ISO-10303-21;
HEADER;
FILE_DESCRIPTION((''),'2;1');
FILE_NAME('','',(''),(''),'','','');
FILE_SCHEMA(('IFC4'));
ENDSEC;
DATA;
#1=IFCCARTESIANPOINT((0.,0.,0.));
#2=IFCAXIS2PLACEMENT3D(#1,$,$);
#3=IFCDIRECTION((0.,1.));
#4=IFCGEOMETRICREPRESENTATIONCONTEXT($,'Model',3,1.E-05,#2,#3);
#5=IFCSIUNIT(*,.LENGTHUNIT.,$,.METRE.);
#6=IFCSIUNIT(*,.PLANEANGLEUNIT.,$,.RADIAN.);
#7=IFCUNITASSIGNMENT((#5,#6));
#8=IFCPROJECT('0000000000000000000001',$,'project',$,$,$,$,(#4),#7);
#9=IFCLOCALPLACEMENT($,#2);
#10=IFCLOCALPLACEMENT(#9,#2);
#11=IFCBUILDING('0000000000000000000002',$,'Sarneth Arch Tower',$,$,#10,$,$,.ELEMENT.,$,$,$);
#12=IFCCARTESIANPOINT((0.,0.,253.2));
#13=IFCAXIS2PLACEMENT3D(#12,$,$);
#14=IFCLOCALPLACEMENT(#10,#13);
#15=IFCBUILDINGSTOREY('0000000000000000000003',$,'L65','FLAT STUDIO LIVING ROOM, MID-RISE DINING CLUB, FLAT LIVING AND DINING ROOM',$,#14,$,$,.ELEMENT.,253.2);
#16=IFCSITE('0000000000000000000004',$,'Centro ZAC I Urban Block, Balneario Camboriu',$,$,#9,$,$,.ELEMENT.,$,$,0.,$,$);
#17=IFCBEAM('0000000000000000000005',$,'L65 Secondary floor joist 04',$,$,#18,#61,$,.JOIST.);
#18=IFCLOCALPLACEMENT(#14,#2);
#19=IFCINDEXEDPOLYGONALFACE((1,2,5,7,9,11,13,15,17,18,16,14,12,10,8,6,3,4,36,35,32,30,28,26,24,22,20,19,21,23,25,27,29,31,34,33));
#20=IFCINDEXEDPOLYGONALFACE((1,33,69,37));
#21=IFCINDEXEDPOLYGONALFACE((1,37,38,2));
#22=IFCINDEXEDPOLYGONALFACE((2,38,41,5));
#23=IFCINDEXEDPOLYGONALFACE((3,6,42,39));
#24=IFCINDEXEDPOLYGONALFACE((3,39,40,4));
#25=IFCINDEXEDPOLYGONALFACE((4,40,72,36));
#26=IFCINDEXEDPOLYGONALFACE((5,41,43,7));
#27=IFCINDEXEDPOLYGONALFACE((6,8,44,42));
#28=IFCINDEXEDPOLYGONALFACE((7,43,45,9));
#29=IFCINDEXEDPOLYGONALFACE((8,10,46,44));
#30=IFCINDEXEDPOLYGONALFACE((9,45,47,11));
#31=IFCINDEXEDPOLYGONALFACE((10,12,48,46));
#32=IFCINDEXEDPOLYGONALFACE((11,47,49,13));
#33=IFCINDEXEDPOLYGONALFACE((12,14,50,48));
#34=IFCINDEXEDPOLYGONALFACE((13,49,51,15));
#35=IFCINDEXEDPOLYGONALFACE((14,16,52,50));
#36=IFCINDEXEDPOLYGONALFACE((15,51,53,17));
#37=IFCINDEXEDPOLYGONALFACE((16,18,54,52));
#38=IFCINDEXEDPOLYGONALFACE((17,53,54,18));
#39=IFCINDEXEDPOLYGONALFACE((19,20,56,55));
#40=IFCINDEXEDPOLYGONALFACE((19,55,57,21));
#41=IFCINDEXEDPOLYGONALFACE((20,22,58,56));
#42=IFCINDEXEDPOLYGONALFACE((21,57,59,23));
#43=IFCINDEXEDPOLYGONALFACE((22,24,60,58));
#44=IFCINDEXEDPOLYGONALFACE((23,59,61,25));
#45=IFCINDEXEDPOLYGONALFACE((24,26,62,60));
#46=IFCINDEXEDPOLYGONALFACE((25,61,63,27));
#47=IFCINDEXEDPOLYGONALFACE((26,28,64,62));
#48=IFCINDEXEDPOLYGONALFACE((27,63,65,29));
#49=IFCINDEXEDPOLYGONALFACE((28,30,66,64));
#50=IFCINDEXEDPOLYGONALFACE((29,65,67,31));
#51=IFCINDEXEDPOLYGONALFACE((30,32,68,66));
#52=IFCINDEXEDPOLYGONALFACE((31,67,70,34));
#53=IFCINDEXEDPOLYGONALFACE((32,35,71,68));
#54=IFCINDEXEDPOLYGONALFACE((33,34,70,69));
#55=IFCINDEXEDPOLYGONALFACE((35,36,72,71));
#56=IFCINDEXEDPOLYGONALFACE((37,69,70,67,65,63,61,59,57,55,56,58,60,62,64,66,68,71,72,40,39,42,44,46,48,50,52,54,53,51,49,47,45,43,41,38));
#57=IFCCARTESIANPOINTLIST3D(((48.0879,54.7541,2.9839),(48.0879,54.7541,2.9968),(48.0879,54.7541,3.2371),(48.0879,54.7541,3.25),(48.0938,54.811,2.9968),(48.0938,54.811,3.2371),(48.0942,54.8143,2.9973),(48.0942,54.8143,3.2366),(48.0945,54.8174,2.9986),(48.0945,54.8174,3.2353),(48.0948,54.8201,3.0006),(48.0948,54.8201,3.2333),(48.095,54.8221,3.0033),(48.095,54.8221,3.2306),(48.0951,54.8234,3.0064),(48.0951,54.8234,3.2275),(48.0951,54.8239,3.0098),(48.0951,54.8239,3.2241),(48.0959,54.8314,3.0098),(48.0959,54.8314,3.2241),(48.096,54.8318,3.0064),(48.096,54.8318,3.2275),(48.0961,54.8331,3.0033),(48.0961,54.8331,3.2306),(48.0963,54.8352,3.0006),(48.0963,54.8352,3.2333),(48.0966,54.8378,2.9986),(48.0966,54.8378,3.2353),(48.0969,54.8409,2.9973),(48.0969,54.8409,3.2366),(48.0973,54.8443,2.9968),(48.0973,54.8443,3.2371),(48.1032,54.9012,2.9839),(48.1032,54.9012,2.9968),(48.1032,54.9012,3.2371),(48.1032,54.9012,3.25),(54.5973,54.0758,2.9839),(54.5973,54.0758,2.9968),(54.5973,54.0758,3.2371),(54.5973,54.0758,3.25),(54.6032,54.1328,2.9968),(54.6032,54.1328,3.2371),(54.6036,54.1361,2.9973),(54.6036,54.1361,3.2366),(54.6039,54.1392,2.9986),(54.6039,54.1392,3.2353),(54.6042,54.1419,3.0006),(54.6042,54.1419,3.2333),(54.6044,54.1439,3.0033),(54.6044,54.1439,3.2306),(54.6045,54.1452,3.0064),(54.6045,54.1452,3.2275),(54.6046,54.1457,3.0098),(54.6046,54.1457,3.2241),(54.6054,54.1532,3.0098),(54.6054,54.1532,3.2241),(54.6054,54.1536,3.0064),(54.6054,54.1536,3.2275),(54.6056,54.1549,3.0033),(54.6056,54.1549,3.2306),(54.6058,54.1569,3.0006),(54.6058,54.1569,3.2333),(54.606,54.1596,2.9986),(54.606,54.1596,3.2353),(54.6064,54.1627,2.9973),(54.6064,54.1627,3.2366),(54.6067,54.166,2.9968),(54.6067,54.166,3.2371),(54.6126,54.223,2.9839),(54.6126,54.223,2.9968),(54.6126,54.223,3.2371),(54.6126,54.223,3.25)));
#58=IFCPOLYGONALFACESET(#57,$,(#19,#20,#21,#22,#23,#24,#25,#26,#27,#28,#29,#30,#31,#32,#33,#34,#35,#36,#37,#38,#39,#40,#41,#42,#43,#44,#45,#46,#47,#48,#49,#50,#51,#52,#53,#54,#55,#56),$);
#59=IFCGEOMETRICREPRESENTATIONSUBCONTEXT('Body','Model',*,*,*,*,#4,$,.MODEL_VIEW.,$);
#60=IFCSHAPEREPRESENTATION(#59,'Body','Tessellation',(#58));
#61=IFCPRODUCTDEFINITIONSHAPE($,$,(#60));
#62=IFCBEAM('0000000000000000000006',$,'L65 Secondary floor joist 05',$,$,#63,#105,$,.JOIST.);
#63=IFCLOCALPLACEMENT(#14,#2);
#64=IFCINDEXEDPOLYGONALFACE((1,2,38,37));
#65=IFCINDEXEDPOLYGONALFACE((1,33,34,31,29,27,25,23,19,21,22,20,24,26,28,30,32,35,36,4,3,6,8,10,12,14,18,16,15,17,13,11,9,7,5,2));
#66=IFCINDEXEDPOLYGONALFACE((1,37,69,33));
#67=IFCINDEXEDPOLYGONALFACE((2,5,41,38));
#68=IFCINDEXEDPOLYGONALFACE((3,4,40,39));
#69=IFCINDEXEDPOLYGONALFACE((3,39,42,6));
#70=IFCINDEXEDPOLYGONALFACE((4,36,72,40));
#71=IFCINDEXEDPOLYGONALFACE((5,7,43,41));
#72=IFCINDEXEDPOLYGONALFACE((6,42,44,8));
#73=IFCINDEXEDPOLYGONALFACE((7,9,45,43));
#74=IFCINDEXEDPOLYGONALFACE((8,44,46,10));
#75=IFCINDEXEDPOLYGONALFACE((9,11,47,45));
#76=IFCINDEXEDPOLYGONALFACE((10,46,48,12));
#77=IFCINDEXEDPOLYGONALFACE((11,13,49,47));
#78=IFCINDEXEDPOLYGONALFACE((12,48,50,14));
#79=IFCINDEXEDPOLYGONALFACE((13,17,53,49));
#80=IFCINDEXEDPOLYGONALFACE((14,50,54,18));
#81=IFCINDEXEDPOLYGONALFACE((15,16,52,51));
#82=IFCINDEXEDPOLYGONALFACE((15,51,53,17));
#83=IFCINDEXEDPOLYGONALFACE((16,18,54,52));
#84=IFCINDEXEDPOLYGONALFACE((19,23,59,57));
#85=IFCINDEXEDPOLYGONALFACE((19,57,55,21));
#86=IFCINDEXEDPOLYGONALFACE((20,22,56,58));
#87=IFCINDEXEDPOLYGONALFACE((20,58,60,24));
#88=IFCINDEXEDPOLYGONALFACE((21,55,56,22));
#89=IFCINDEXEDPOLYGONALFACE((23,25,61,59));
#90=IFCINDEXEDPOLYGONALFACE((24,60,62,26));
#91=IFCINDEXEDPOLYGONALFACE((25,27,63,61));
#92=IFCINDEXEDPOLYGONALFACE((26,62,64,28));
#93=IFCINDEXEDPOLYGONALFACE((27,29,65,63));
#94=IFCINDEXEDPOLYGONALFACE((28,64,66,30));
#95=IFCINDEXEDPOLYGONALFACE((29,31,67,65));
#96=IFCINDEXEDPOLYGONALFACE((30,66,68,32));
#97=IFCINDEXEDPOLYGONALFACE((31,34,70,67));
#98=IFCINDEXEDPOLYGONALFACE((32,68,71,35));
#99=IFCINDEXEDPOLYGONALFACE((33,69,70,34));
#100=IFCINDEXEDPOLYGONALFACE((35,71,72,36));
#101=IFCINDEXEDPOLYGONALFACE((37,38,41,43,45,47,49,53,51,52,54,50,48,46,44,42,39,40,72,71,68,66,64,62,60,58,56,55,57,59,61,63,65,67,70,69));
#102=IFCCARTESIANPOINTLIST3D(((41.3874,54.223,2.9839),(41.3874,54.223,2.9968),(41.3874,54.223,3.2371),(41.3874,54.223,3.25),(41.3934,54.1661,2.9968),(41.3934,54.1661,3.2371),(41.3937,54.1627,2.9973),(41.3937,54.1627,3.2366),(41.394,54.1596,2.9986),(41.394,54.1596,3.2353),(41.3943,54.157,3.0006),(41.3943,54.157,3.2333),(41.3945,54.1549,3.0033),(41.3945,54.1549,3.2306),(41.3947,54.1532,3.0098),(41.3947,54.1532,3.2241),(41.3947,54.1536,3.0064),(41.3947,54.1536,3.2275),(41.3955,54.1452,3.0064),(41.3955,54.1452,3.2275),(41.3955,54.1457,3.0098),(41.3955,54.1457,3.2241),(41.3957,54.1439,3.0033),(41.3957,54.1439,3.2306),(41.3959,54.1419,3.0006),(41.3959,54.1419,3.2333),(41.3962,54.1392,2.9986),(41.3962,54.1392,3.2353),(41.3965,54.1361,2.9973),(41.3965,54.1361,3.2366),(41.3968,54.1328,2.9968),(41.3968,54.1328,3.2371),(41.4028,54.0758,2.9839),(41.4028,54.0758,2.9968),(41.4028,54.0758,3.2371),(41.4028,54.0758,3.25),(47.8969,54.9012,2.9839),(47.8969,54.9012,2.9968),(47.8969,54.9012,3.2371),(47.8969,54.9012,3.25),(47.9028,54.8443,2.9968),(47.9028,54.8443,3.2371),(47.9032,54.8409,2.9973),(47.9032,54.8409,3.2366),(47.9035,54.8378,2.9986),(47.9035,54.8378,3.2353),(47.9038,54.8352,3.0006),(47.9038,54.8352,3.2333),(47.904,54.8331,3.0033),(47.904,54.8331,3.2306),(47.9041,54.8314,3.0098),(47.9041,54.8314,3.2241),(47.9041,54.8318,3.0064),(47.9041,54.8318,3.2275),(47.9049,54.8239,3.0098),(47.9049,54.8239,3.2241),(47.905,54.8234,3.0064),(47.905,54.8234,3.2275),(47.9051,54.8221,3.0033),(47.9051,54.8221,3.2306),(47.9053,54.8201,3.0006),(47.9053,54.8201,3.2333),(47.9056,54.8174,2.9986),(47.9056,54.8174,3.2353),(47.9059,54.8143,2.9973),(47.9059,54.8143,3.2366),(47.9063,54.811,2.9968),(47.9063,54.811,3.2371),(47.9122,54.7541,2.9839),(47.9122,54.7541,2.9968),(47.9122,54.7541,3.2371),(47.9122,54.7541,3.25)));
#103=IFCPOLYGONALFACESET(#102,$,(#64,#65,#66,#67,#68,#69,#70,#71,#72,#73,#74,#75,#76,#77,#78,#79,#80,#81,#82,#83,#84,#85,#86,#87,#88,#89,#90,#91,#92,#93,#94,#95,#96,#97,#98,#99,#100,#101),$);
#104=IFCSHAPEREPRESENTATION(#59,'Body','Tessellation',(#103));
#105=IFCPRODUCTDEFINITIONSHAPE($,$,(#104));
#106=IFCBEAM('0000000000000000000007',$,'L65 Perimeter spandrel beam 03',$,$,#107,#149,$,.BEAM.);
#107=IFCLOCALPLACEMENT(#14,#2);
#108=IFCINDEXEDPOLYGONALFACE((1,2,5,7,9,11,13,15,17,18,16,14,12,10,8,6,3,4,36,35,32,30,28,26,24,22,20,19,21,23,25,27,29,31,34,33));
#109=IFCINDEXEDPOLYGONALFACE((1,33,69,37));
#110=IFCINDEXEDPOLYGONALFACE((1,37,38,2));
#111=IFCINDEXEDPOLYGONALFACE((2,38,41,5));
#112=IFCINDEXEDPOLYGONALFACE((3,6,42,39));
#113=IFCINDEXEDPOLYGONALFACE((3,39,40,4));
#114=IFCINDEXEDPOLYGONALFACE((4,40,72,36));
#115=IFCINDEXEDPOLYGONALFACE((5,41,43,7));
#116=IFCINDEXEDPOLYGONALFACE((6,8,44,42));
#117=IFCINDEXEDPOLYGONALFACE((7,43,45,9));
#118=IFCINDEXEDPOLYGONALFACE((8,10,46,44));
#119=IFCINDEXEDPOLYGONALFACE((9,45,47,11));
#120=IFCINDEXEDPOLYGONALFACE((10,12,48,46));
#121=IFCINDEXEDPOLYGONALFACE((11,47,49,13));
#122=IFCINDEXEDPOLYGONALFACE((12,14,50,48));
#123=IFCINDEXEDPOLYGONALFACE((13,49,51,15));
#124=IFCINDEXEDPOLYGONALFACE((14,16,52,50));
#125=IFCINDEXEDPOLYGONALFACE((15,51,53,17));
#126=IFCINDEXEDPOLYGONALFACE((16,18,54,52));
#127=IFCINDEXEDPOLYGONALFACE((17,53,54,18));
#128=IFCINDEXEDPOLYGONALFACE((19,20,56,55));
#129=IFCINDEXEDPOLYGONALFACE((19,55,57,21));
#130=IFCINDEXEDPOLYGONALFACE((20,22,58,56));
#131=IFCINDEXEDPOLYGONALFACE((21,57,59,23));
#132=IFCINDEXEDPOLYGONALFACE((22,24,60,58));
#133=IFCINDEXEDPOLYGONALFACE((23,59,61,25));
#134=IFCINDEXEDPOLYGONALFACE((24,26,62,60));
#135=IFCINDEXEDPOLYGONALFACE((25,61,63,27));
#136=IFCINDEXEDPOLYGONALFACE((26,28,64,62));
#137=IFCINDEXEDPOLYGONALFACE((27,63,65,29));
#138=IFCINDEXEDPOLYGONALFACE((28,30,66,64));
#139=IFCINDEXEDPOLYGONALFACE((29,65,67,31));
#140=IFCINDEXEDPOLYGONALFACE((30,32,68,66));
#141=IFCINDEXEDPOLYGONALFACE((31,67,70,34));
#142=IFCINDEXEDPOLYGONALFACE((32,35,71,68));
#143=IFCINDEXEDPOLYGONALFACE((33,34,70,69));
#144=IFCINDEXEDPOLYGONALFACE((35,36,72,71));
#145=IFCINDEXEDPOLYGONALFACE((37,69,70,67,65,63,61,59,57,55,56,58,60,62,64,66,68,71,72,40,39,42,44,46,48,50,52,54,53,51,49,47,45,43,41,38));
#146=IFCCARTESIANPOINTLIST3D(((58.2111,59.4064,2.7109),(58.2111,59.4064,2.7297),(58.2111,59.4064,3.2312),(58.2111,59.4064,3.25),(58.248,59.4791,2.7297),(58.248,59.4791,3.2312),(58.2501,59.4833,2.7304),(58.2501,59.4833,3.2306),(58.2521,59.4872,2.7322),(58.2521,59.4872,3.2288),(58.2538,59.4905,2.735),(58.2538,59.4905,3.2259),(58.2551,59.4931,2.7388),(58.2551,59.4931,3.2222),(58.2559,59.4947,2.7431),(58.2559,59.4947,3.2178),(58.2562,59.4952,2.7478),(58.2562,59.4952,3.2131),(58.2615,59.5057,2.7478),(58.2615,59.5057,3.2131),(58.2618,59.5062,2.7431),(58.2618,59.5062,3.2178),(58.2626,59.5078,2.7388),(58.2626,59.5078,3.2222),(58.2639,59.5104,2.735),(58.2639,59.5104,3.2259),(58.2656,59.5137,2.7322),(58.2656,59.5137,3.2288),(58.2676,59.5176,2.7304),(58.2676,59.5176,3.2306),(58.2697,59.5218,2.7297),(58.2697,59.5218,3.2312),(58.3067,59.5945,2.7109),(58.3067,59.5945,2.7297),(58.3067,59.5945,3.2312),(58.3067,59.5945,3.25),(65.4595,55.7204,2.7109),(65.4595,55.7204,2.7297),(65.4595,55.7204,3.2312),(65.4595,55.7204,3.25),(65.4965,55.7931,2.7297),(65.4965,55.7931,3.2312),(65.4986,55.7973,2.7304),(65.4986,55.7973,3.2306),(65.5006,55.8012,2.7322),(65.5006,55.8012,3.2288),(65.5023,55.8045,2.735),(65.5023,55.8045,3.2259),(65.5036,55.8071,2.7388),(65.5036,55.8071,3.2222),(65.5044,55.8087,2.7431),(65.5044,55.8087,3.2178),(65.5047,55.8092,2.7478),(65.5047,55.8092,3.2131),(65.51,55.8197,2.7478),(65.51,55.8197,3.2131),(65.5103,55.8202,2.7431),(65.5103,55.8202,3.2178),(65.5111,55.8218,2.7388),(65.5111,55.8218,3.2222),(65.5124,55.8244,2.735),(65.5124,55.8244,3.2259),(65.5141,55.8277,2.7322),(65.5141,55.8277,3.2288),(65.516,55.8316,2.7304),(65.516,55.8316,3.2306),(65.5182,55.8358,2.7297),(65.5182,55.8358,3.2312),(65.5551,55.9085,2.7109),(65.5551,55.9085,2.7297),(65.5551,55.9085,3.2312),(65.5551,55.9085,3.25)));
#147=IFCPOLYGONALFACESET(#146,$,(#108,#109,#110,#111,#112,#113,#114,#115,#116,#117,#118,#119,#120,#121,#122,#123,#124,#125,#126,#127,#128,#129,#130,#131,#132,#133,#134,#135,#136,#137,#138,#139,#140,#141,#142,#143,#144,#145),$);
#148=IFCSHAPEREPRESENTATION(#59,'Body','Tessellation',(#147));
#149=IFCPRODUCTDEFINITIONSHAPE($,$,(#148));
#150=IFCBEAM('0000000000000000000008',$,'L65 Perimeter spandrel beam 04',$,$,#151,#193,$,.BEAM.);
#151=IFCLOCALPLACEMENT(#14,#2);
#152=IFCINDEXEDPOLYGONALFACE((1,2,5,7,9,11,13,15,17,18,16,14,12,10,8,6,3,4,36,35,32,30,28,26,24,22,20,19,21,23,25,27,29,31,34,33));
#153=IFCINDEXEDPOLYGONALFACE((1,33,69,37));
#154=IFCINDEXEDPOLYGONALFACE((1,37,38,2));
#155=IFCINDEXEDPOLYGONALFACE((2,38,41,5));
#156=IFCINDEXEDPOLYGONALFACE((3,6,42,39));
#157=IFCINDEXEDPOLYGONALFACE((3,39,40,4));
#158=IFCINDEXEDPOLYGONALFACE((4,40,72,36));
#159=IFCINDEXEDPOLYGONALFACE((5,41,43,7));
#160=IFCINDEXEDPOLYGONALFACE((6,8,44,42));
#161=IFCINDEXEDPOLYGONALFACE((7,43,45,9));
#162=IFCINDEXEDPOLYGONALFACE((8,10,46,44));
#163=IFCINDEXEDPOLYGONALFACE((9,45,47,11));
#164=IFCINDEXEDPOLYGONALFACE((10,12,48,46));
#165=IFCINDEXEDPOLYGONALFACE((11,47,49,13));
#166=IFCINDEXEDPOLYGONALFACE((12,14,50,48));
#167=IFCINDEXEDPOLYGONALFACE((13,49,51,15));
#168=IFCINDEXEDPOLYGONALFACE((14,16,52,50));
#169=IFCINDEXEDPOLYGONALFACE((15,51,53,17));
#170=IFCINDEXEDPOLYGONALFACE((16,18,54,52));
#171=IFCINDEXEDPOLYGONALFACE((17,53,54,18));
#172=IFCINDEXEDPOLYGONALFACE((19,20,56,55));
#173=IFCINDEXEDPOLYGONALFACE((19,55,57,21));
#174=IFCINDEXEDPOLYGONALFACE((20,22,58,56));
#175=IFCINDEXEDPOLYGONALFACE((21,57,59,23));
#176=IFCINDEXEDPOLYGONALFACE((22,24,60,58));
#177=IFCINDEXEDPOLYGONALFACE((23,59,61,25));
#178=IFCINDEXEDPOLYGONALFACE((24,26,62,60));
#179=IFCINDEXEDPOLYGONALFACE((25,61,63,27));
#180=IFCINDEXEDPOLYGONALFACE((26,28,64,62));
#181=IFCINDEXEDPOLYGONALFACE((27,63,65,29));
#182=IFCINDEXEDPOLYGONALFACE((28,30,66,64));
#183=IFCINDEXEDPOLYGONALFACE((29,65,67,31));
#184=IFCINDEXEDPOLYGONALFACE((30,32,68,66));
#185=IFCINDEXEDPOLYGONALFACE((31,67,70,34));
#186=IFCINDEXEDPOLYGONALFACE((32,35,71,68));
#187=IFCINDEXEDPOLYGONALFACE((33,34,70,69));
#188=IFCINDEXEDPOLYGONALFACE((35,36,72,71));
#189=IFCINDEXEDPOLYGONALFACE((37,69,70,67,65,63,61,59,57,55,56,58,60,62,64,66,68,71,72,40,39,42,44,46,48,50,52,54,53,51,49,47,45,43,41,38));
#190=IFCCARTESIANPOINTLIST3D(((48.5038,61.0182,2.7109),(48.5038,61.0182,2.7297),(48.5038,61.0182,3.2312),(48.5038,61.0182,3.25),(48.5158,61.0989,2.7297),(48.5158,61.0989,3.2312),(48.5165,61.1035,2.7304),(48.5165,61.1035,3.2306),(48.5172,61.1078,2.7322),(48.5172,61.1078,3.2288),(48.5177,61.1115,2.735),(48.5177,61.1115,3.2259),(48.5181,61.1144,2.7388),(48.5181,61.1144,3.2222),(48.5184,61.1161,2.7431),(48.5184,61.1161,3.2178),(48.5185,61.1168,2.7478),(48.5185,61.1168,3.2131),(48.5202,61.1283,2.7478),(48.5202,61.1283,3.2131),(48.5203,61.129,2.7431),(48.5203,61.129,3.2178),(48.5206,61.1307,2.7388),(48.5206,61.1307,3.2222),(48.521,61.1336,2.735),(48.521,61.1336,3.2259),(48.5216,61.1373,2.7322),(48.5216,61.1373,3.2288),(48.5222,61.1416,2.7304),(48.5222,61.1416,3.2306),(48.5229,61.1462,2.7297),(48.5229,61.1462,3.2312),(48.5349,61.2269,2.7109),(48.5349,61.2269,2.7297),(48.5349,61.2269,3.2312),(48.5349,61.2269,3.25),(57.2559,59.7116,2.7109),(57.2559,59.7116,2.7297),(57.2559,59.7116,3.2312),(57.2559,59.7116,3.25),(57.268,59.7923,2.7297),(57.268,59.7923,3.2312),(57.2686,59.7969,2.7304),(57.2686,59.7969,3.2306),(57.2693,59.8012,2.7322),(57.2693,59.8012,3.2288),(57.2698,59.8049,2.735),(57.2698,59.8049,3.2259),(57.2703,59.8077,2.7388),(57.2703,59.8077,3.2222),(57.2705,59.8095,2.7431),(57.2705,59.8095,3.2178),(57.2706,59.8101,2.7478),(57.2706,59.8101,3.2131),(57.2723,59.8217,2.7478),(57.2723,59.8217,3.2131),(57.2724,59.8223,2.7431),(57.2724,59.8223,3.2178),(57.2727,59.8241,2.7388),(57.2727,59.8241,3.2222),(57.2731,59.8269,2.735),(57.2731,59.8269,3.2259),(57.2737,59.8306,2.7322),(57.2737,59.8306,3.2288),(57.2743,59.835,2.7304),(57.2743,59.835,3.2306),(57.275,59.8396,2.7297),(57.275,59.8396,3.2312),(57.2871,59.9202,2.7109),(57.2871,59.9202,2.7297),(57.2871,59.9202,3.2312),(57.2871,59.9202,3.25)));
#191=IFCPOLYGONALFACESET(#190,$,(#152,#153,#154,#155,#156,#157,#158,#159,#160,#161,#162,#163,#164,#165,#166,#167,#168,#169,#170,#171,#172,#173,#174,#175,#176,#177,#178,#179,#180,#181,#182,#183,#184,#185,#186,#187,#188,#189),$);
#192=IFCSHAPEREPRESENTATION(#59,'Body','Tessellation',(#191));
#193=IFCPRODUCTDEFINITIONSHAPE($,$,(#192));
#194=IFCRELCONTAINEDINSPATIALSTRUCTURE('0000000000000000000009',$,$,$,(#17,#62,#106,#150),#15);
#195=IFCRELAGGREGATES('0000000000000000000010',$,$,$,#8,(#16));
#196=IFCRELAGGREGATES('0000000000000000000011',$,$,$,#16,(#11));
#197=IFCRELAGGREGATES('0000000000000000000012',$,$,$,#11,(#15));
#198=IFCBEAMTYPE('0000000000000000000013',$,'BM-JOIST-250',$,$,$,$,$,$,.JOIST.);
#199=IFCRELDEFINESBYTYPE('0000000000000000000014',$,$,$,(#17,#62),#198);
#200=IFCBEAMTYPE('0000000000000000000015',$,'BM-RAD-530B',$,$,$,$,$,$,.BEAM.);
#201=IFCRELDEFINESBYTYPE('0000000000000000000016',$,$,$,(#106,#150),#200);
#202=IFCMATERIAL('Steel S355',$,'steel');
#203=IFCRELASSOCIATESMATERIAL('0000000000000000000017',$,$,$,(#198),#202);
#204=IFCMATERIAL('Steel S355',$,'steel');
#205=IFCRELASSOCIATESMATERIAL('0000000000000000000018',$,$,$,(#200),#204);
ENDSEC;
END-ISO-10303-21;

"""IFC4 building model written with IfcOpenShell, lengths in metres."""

from ifc_helpers import new_model, si_unit, direction, frame, origin, origin_2d, place, context, subcontext, project, spatial, i_section, extrude, material, material_profile, profile_set, type_object, element, save


model = new_model("IFC4")

# Units and contexts
model_context = context("Model", 3, precision=1e-05, world=origin(), true_north=direction((0.0, 1.0)))
body_context = subcontext(model_context, "Body", "Model", "MODEL_VIEW")
ifc_project = project(units=[si_unit("LENGTHUNIT", "METRE"), si_unit("PLANEANGLEUNIT", "RADIAN")], contexts=[model_context])

# Site, building, storey
site_placement = place(None, origin())
site = spatial("IfcSite", under=ifc_project, at=site_placement, Name="Centro ZAC I Urban Block, Balneario Camboriu", CompositionType="ELEMENT", RefElevation=0.0)
building_placement = place(site_placement, origin())
building = spatial("IfcBuilding", under=site, at=building_placement, Name="Sarneth Arch Tower", CompositionType="ELEMENT")
storey_placement = place(building_placement, frame((0.0, 0.0, 253.2)))
storey = spatial("IfcBuildingStorey", under=building, at=storey_placement, Name="L65", Description="FLAT STUDIO LIVING ROOM, MID-RISE DINING CLUB, FLAT LIVING AND DINING ROOM", CompositionType="ELEMENT", Elevation=253.2)

# Beams
ifc_material_1 = material(Name="Steel S355", Category="steel")
ifc_material_profile_1 = material_profile(ifc_material_1, i_section(OverallWidth=0.1479, OverallDepth=0.2661, WebThickness=0.0076, FlangeThickness=0.0129, FilletRadius=0.0129, at=origin_2d()), Name="W250x44.8")
ifc_profile_set_1 = profile_set([ifc_material_profile_1], Name="Steel S355")
beam_type_1 = type_object("IfcBeamType", Name="BM-JOIST-250", PredefinedType="JOIST", material=ifc_profile_set_1)
for number, where, z_axis, x_axis, name in (
    (1, (54.605, 54.1494, 3.1169), (-0.994616, 0.103628, 0.0), (-0.103628, -0.994616, 0.0), "L65 Secondary floor joist 04"),
    (2, (47.9045, 54.8276, 3.1169), (-0.994616, -0.103628, 0.0), (0.103628, -0.994616, 0.0), "L65 Secondary floor joist 05"),
):
    element("IfcBeam", number, at=place(storey_placement, frame(where, z_axis=z_axis, x_axis=x_axis)), inside=storey, type_object=beam_type_1, Name=name, PredefinedType="JOIST", context=body_context, shape_type="SweptSolid", body=[
        extrude(i_section(OverallWidth=0.1479, OverallDepth=0.2661, WebThickness=0.0076, FlangeThickness=0.0129, FilletRadius=0.0129, at=origin_2d()), origin(), (0.0, 0.0, 1.0), 6.5447),
    ])
ifc_material_2 = material(Name="Steel S355", Category="steel")
ifc_material_profile_2 = material_profile(ifc_material_2, i_section(OverallWidth=0.2109, OverallDepth=0.5391, WebThickness=0.0117, FlangeThickness=0.0188, FilletRadius=0.0181, at=origin_2d()), Name="W530x109")
ifc_profile_set_2 = profile_set([ifc_material_profile_2], Name="Steel S355")
beam_type_2 = type_object("IfcBeamType", Name="BM-RAD-530B", PredefinedType="BEAM", material=ifc_profile_set_2)
beam_1_placement = place(storey_placement, frame((65.5073, 55.8145, 2.9805), z_axis=(-0.891368, 0.45328, 0.0), x_axis=(-0.45328, -0.891368, 0.0)))
element("IfcBeam", 3, at=beam_1_placement, inside=storey, type_object=beam_type_2, Name="L65 Perimeter spandrel beam 03", PredefinedType="BEAM", context=body_context, shape_type="SweptSolid", body=[
    extrude(i_section(OverallWidth=0.2109, OverallDepth=0.5391, WebThickness=0.0117, FlangeThickness=0.0188, FilletRadius=0.0181, at=origin_2d()), origin(), (0.0, 0.0, 1.0), 8.1318),
])
beam_2_placement = place(storey_placement, frame((57.2715, 59.8159, 2.9805), z_axis=(-0.989039, 0.147656, 0.0), x_axis=(-0.147656, -0.989039, 0.0)))
element("IfcBeam", 4, at=beam_2_placement, inside=storey, type_object=beam_type_2, Name="L65 Perimeter spandrel beam 04", PredefinedType="BEAM", context=body_context, shape_type="SweptSolid", body=[
    extrude(i_section(OverallWidth=0.2109, OverallDepth=0.5391, WebThickness=0.0117, FlangeThickness=0.0188, FilletRadius=0.0181, at=origin_2d()), origin(), (0.0, 0.0, 1.0), 8.8491),
])

save(model, "model.ifc")
